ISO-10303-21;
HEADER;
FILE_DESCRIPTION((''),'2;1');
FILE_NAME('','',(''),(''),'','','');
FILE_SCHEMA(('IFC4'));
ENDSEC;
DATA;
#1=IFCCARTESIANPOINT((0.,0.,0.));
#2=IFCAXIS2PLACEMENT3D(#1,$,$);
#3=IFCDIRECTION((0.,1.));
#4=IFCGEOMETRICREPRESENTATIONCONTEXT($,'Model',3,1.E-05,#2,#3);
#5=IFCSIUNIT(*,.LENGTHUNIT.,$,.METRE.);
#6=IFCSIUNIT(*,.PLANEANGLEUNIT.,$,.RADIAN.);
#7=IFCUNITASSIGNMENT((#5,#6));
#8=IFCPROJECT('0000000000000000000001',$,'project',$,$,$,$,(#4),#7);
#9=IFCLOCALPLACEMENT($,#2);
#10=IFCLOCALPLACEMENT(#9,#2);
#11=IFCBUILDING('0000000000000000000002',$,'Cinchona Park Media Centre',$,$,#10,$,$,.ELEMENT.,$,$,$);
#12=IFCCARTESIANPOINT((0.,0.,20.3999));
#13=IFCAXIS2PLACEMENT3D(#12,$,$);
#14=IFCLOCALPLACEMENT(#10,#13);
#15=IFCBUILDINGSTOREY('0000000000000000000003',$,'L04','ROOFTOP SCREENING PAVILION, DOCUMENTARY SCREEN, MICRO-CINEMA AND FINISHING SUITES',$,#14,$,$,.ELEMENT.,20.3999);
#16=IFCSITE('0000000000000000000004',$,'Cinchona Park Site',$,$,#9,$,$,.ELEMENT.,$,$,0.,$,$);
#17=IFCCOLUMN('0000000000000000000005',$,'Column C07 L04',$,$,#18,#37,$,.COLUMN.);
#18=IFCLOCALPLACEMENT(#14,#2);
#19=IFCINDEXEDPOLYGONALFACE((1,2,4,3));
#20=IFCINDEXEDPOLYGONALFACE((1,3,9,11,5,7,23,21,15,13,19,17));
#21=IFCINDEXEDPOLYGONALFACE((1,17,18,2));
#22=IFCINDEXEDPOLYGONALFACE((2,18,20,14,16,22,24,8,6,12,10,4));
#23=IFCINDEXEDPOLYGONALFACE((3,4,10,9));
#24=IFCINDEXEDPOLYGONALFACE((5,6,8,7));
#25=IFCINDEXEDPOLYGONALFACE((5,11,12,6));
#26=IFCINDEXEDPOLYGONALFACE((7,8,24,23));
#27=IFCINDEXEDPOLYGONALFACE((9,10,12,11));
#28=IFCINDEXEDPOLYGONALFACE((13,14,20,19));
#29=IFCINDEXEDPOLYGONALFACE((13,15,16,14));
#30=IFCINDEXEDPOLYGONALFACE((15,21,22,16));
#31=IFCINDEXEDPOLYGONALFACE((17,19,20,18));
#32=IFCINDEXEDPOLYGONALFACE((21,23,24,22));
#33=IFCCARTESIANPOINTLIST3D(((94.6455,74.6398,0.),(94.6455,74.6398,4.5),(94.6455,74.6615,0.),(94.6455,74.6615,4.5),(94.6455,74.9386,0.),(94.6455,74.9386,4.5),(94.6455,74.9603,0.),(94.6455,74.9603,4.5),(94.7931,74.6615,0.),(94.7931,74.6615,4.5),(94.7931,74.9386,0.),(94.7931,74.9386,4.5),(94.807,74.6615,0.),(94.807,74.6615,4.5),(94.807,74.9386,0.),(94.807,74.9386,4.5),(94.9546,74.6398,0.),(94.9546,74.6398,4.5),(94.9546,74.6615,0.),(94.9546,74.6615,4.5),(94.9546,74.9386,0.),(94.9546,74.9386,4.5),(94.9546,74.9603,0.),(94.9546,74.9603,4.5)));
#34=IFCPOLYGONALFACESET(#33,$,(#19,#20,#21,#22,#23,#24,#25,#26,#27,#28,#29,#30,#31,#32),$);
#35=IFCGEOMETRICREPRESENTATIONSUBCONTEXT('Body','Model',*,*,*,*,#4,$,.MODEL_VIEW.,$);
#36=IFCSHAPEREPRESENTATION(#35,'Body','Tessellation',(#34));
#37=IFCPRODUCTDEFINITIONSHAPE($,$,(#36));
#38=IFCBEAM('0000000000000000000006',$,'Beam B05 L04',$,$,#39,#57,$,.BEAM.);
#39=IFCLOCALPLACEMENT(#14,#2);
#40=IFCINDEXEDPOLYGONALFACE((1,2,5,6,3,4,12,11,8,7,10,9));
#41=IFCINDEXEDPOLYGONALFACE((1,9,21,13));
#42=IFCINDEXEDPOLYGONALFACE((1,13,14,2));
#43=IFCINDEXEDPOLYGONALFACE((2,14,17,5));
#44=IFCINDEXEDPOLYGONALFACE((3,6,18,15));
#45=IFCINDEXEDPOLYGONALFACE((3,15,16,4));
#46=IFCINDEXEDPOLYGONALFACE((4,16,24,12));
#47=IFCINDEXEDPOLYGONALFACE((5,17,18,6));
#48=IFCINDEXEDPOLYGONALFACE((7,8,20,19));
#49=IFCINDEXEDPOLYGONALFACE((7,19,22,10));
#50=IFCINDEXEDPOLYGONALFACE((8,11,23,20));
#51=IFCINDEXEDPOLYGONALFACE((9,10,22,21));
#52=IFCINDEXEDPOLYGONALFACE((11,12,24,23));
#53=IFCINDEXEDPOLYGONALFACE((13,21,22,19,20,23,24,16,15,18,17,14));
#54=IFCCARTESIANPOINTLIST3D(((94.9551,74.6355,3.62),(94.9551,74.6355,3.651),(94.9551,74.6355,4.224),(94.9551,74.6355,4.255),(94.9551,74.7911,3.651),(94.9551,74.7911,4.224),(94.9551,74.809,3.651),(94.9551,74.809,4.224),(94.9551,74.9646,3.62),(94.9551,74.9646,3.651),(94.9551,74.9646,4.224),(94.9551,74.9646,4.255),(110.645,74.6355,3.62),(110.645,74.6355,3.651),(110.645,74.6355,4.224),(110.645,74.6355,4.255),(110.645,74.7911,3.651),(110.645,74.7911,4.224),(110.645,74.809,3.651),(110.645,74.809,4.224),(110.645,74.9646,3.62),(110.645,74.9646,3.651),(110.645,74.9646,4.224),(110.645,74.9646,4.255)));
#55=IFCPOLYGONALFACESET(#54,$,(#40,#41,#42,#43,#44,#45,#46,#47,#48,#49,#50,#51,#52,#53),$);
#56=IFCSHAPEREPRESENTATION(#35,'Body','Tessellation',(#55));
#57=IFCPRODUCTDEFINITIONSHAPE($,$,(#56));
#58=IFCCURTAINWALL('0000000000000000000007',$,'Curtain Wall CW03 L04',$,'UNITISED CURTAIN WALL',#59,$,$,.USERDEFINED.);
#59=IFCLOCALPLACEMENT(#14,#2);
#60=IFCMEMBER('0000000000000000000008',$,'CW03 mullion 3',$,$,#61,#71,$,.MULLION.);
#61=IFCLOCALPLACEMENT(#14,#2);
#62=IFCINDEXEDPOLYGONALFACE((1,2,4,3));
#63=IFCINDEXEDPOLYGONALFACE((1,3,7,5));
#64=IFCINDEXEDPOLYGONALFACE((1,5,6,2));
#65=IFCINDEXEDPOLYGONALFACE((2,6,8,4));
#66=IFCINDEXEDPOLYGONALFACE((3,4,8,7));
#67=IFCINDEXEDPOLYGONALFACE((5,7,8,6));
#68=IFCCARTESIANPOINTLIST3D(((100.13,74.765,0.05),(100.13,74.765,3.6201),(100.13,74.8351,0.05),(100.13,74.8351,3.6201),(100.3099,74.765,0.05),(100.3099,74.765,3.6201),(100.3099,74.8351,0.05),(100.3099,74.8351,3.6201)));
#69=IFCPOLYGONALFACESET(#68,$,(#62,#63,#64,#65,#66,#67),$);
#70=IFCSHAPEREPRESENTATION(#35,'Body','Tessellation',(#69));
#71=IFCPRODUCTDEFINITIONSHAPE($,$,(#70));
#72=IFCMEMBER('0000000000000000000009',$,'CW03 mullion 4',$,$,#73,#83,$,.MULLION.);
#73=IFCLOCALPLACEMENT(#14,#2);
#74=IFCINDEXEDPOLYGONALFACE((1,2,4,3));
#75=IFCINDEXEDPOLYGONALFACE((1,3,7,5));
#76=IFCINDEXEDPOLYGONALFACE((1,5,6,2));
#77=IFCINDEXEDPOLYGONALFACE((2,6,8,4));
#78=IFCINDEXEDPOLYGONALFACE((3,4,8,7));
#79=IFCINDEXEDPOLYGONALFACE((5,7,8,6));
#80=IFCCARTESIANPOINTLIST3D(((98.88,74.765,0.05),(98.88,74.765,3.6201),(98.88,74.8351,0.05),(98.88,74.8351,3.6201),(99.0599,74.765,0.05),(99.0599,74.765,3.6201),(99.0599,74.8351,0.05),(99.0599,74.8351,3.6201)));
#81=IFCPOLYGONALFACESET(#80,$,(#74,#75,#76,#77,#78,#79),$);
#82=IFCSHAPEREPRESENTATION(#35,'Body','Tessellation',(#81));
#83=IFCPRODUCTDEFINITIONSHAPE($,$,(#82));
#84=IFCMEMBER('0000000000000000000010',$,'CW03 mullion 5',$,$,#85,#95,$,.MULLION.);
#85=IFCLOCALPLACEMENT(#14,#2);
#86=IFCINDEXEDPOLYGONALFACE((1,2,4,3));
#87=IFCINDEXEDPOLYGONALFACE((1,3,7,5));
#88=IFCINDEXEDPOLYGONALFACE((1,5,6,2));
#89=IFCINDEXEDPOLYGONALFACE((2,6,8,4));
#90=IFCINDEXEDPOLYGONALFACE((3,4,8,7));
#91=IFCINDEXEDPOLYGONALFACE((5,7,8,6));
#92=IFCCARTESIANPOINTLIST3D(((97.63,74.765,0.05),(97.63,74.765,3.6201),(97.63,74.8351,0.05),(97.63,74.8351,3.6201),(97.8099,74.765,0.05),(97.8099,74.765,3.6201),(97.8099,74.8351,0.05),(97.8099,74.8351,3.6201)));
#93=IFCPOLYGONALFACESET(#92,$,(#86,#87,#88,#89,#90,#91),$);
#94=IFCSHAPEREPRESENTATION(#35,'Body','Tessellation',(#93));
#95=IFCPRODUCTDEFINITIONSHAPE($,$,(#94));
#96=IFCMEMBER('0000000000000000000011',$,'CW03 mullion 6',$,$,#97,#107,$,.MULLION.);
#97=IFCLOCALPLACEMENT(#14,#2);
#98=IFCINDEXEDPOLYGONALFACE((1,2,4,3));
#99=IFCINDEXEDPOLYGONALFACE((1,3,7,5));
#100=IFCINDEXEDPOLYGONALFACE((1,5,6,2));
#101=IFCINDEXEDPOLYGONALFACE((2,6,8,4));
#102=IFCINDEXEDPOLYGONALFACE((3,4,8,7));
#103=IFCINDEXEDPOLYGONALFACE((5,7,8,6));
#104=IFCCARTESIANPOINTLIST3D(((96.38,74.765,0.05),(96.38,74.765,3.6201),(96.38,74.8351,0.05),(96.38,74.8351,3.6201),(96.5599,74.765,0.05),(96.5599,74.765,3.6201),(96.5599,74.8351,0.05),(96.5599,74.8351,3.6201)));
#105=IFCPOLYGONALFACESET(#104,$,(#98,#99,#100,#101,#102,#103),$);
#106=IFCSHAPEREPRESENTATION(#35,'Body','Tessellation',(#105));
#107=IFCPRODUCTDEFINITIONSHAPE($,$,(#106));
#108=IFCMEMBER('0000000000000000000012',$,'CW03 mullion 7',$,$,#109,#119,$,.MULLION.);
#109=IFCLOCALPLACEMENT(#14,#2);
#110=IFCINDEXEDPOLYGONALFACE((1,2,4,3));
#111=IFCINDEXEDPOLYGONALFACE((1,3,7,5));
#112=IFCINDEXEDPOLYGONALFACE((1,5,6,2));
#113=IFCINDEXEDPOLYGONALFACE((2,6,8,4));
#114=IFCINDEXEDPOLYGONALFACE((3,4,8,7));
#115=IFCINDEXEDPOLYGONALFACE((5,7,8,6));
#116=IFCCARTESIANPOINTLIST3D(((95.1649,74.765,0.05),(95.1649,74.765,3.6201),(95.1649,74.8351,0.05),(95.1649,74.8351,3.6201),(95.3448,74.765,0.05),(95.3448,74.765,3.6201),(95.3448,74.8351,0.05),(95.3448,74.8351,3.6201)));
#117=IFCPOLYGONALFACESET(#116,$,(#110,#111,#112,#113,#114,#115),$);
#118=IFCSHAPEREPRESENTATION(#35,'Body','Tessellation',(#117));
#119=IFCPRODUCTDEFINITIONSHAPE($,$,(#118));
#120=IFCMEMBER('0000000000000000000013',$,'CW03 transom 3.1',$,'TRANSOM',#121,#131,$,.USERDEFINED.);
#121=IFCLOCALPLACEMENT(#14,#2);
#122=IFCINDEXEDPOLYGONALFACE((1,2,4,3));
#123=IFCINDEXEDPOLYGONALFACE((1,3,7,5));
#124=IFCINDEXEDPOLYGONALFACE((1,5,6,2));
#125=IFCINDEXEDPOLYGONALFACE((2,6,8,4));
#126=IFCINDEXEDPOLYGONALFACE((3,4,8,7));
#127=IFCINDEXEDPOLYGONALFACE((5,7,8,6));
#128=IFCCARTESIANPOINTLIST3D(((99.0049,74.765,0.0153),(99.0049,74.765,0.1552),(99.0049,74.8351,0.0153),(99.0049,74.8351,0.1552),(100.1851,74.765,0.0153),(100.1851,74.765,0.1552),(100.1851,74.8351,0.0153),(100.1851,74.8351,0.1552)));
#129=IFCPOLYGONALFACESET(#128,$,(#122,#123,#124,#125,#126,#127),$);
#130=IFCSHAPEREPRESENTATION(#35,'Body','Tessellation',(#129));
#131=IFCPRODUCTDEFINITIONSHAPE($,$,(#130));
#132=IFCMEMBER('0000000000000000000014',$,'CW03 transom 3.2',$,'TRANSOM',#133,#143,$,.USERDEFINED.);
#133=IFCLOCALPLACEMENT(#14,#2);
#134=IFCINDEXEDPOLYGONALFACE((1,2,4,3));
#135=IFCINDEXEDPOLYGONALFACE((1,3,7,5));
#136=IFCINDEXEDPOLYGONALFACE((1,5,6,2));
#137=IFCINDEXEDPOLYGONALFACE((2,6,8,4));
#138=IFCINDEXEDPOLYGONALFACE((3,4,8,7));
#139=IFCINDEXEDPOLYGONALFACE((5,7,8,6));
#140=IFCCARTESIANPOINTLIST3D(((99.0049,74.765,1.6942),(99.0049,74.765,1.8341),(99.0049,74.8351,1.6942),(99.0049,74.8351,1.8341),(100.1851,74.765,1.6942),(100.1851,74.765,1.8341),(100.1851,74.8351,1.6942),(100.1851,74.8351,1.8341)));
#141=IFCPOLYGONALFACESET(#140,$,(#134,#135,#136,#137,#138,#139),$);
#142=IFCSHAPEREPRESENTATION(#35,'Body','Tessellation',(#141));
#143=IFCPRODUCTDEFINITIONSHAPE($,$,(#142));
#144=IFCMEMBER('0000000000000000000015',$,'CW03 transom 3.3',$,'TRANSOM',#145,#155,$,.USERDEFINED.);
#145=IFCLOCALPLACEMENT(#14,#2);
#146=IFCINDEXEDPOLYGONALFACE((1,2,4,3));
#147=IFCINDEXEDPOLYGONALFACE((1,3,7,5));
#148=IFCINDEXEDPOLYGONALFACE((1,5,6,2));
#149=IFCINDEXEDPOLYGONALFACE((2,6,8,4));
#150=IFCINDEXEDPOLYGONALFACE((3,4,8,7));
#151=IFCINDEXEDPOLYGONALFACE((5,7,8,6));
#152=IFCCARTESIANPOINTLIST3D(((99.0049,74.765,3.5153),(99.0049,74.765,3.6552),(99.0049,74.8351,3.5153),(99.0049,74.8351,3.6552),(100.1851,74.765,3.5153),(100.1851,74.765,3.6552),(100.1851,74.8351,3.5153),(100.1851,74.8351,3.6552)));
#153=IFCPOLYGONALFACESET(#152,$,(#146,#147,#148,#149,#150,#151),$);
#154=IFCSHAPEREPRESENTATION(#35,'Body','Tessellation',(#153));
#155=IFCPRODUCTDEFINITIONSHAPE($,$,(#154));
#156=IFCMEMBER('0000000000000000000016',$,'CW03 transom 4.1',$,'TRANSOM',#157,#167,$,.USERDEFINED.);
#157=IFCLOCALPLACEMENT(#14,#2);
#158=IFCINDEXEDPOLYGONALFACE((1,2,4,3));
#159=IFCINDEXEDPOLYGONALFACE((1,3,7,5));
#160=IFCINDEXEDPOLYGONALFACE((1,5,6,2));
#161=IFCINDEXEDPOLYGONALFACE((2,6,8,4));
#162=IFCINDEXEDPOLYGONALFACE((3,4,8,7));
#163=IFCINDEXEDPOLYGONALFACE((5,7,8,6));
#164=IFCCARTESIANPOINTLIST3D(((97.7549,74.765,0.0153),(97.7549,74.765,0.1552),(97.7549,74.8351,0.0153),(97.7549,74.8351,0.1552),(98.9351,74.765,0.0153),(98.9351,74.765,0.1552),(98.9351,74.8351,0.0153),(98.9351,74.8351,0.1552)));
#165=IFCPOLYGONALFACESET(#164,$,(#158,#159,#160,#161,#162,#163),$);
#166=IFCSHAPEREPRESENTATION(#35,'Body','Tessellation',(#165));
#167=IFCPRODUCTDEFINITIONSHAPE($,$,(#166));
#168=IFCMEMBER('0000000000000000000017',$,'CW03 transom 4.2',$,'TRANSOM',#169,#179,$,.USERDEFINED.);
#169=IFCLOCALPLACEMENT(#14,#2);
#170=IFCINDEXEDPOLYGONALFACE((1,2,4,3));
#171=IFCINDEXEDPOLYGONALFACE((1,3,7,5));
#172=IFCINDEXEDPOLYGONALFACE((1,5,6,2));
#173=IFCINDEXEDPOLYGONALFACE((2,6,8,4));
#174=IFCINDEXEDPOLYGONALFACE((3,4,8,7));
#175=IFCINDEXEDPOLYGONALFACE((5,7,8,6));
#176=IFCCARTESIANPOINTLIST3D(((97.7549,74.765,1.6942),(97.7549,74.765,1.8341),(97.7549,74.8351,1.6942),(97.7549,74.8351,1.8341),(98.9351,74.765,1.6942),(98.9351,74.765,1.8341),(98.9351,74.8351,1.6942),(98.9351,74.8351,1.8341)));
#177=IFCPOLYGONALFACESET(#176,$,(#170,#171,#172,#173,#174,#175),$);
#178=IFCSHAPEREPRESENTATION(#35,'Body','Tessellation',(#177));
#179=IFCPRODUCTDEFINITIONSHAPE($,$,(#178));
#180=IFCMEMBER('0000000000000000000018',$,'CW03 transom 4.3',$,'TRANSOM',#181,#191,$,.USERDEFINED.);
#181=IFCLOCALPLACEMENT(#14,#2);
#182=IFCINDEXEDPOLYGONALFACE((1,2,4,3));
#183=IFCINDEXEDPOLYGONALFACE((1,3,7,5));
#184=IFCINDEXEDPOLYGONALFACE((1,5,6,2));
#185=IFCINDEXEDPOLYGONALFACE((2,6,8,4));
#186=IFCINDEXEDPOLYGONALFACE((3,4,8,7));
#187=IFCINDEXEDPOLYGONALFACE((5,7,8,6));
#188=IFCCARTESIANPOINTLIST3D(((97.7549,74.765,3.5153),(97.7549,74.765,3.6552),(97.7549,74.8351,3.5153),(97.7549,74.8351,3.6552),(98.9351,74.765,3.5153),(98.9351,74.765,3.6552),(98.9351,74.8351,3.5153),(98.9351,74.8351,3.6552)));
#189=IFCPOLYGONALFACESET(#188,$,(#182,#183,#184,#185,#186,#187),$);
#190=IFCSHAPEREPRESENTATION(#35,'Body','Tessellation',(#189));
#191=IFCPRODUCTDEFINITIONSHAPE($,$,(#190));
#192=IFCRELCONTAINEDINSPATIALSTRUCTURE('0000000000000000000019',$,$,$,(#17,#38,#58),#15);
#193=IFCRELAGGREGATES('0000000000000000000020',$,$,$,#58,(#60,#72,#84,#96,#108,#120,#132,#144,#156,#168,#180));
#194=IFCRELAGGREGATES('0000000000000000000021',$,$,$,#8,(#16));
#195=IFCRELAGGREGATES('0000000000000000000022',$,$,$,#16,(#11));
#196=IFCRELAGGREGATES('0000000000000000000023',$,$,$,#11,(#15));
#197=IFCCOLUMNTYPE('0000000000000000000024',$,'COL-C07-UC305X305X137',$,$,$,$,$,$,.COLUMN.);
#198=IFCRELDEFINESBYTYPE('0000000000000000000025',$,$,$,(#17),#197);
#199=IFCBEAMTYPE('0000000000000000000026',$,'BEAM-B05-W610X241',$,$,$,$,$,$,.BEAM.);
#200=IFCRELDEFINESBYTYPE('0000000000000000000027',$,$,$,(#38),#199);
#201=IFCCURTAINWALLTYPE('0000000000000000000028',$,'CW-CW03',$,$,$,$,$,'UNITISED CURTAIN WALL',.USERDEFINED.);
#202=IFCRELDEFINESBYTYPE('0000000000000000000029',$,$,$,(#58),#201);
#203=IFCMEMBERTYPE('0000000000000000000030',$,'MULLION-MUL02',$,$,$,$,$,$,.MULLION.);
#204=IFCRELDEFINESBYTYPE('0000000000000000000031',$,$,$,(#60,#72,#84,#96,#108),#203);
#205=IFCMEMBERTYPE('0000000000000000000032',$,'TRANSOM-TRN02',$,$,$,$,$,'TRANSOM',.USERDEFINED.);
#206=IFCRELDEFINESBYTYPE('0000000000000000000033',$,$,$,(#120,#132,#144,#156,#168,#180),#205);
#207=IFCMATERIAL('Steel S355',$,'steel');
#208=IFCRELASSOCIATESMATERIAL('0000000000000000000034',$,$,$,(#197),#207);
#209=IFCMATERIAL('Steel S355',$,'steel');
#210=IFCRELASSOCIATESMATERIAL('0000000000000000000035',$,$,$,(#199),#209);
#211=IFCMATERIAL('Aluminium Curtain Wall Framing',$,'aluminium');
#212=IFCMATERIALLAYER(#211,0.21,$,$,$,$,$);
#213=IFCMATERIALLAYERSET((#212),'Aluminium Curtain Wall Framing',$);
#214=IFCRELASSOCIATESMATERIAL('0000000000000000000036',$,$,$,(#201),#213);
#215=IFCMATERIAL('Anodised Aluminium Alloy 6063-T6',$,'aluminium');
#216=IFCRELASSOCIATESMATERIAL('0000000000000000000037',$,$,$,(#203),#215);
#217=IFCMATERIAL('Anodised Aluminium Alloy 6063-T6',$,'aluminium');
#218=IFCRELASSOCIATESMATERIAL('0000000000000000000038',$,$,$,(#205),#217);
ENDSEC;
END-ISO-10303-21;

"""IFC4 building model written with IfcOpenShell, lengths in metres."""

from ifc_helpers import new_model, si_unit, direction, frame, origin, origin_2d, place, context, subcontext, project, spatial, rectangle, i_section, extrude, material, layer, layer_set, material_profile, profile_set, type_object, element, aggregate, save


model = new_model("IFC4")

# Units and contexts
model_context = context("Model", 3, precision=1e-05, world=origin(), true_north=direction((0.0, 1.0)))
body_context = subcontext(model_context, "Body", "Model", "MODEL_VIEW")
ifc_project = project(units=[si_unit("LENGTHUNIT", "METRE"), si_unit("PLANEANGLEUNIT", "RADIAN")], contexts=[model_context])

# Site, building, storey
site_placement = place(None, origin())
site = spatial("IfcSite", under=ifc_project, at=site_placement, Name="Cinchona Park Site", CompositionType="ELEMENT", RefElevation=0.0)
building_placement = place(site_placement, origin())
building = spatial("IfcBuilding", under=site, at=building_placement, Name="Cinchona Park Media Centre", CompositionType="ELEMENT")
storey_placement = place(building_placement, frame((0.0, 0.0, 20.3999)))
storey = spatial("IfcBuildingStorey", under=building, at=storey_placement, Name="L04", Description="ROOFTOP SCREENING PAVILION, DOCUMENTARY SCREEN, MICRO-CINEMA AND FINISHING SUITES", CompositionType="ELEMENT", Elevation=20.3999)

# Column
ifc_material_1 = material(Name="Steel S355", Category="steel")
ifc_material_profile_1 = material_profile(ifc_material_1, i_section(OverallWidth=0.3091, OverallDepth=0.3206, WebThickness=0.0139, FlangeThickness=0.0217, at=origin_2d()), Name="UC305X305X137")
ifc_profile_set_1 = profile_set([ifc_material_profile_1], Name="Steel S355")
column_type = type_object("IfcColumnType", Name="COL-C07-UC305X305X137", PredefinedType="COLUMN", material=ifc_profile_set_1)
column_placement = place(storey_placement, frame((94.8, 74.8, 0.0), z_axis=(0.0, 0.0, 1.0), x_axis=(1.0, 0.0, 0.0)))
element("IfcColumn", 1, at=column_placement, inside=storey, type_object=column_type, Name="Column C07 L04", PredefinedType="COLUMN", context=body_context, shape_type="SweptSolid", body=[
    extrude(i_section(OverallWidth=0.3091, OverallDepth=0.3206, WebThickness=0.0139, FlangeThickness=0.0217, at=origin_2d()), origin(), (0.0, 0.0, 1.0), 4.5),
])

# Beam
ifc_material_2 = material(Name="Steel S355", Category="steel")
ifc_material_profile_2 = material_profile(ifc_material_2, i_section(OverallWidth=0.3291, OverallDepth=0.635, WebThickness=0.0178, FlangeThickness=0.031, at=origin_2d()), Name="W610X241")
ifc_profile_set_2 = profile_set([ifc_material_profile_2], Name="Steel S355")
beam_type = type_object("IfcBeamType", Name="BEAM-B05-W610X241", PredefinedType="BEAM", material=ifc_profile_set_2)
beam_placement = place(storey_placement, frame((94.9551, 74.8, 3.9375), z_axis=(1.0, 0.0, 0.0), x_axis=(0.0, 1.0, 0.0)))
element("IfcBeam", 2, at=beam_placement, inside=storey, type_object=beam_type, Name="Beam B05 L04", PredefinedType="BEAM", context=body_context, shape_type="SweptSolid", body=[
    extrude(i_section(OverallWidth=0.3291, OverallDepth=0.635, WebThickness=0.0178, FlangeThickness=0.031, at=origin_2d()), origin(), (0.0, 0.0, 1.0), 15.6899),
])

# Curtain wall, members
ifc_material_3 = material(Name="Aluminium Curtain Wall Framing", Category="aluminium")
ifc_layer_1 = layer(ifc_material_3, 0.21)
ifc_layer_set_1 = layer_set([ifc_layer_1], Name="Aluminium Curtain Wall Framing")
curtain_wall_type = type_object("IfcCurtainWallType", Name="CW-CW03", ElementType="UNITISED CURTAIN WALL", PredefinedType="USERDEFINED", material=ifc_layer_set_1)
curtain_wall_placement = place(storey_placement, origin())
curtain_wall = element("IfcCurtainWall", 3, at=curtain_wall_placement, inside=storey, type_object=curtain_wall_type, Name="Curtain Wall CW03 L04", ObjectType="UNITISED CURTAIN WALL", PredefinedType="USERDEFINED")
ifc_material_4 = material(Name="Anodised Aluminium Alloy 6063-T6", Category="aluminium")
ifc_material_profile_3 = material_profile(ifc_material_4, rectangle(XDim=0.0701, YDim=0.1799, at=origin_2d()), Name="MUL-70X180")
ifc_profile_set_3 = profile_set([ifc_material_profile_3], Name="Anodised Aluminium Alloy 6063-T6")
member_type_1 = type_object("IfcMemberType", Name="MULLION-MUL02", PredefinedType="MULLION", material=ifc_profile_set_3)
member_1_placement = place(storey_placement, frame((100.22, 74.8, 0.05), z_axis=(0.0, 0.0, 1.0), x_axis=(0.0, -1.0, 0.0)))
member_1 = element("IfcMember", 4, at=member_1_placement, type_object=member_type_1, Name="CW03 mullion 3", PredefinedType="MULLION", context=body_context, shape_type="SweptSolid", body=[
    extrude(rectangle(XDim=0.0701, YDim=0.1799, at=origin_2d()), origin(), (0.0, 0.0, 1.0), 3.5701),
])
member_2_placement = place(storey_placement, frame((98.97, 74.8, 0.05), z_axis=(0.0, 0.0, 1.0), x_axis=(0.0, -1.0, 0.0)))
member_2 = element("IfcMember", 5, at=member_2_placement, type_object=member_type_1, Name="CW03 mullion 4", PredefinedType="MULLION", context=body_context, shape_type="SweptSolid", body=[
    extrude(rectangle(XDim=0.0701, YDim=0.1799, at=origin_2d()), origin(), (0.0, 0.0, 1.0), 3.5701),
])
member_3_placement = place(storey_placement, frame((97.72, 74.8, 0.05), z_axis=(0.0, 0.0, 1.0), x_axis=(0.0, -1.0, 0.0)))
member_3 = element("IfcMember", 6, at=member_3_placement, type_object=member_type_1, Name="CW03 mullion 5", PredefinedType="MULLION", context=body_context, shape_type="SweptSolid", body=[
    extrude(rectangle(XDim=0.0701, YDim=0.1799, at=origin_2d()), origin(), (0.0, 0.0, 1.0), 3.5701),
])
member_4_placement = place(storey_placement, frame((96.47, 74.8, 0.05), z_axis=(0.0, 0.0, 1.0), x_axis=(0.0, -1.0, 0.0)))
member_4 = element("IfcMember", 7, at=member_4_placement, type_object=member_type_1, Name="CW03 mullion 6", PredefinedType="MULLION", context=body_context, shape_type="SweptSolid", body=[
    extrude(rectangle(XDim=0.0701, YDim=0.1799, at=origin_2d()), origin(), (0.0, 0.0, 1.0), 3.5701),
])
member_5_placement = place(storey_placement, frame((95.2549, 74.8, 0.05), z_axis=(0.0, 0.0, 1.0), x_axis=(0.0, -1.0, 0.0)))
member_5 = element("IfcMember", 8, at=member_5_placement, type_object=member_type_1, Name="CW03 mullion 7", PredefinedType="MULLION", context=body_context, shape_type="SweptSolid", body=[
    extrude(rectangle(XDim=0.0701, YDim=0.1799, at=origin_2d()), origin(), (0.0, 0.0, 1.0), 3.5701),
])
ifc_material_5 = material(Name="Anodised Aluminium Alloy 6063-T6", Category="aluminium")
ifc_material_profile_4 = material_profile(ifc_material_5, rectangle(XDim=0.0701, YDim=0.1399, at=origin_2d()), Name="TRN-70X140")
ifc_profile_set_4 = profile_set([ifc_material_profile_4], Name="Anodised Aluminium Alloy 6063-T6")
member_type_2 = type_object("IfcMemberType", Name="TRANSOM-TRN02", ElementType="TRANSOM", PredefinedType="USERDEFINED", material=ifc_profile_set_4)
member_6_placement = place(storey_placement, frame((100.1851, 74.8, 0.0852), z_axis=(-1.0, 0.0, 0.0), x_axis=(0.0, -1.0, 0.0)))
member_6 = element("IfcMember", 9, at=member_6_placement, type_object=member_type_2, Name="CW03 transom 3.1", ObjectType="TRANSOM", PredefinedType="USERDEFINED", context=body_context, shape_type="SweptSolid", body=[
    extrude(rectangle(XDim=0.0701, YDim=0.1399, at=origin_2d()), origin(), (0.0, 0.0, 1.0), 1.1802),
])
member_7_placement = place(storey_placement, frame((100.1851, 74.8, 1.7642), z_axis=(-1.0, 0.0, 0.0), x_axis=(0.0, -1.0, 0.0)))
member_7 = element("IfcMember", 10, at=member_7_placement, type_object=member_type_2, Name="CW03 transom 3.2", ObjectType="TRANSOM", PredefinedType="USERDEFINED", context=body_context, shape_type="SweptSolid", body=[
    extrude(rectangle(XDim=0.0701, YDim=0.1399, at=origin_2d()), origin(), (0.0, 0.0, 1.0), 1.1802),
])
member_8_placement = place(storey_placement, frame((100.1851, 74.8, 3.5852), z_axis=(-1.0, 0.0, 0.0), x_axis=(0.0, -1.0, 0.0)))
member_8 = element("IfcMember", 11, at=member_8_placement, type_object=member_type_2, Name="CW03 transom 3.3", ObjectType="TRANSOM", PredefinedType="USERDEFINED", context=body_context, shape_type="SweptSolid", body=[
    extrude(rectangle(XDim=0.0701, YDim=0.1399, at=origin_2d()), origin(), (0.0, 0.0, 1.0), 1.1802),
])
member_9_placement = place(storey_placement, frame((98.9351, 74.8, 0.0852), z_axis=(-1.0, 0.0, 0.0), x_axis=(0.0, -1.0, 0.0)))
member_9 = element("IfcMember", 12, at=member_9_placement, type_object=member_type_2, Name="CW03 transom 4.1", ObjectType="TRANSOM", PredefinedType="USERDEFINED", context=body_context, shape_type="SweptSolid", body=[
    extrude(rectangle(XDim=0.0701, YDim=0.1399, at=origin_2d()), origin(), (0.0, 0.0, 1.0), 1.1802),
])
member_10_placement = place(storey_placement, frame((98.9351, 74.8, 1.7642), z_axis=(-1.0, 0.0, 0.0), x_axis=(0.0, -1.0, 0.0)))
member_10 = element("IfcMember", 13, at=member_10_placement, type_object=member_type_2, Name="CW03 transom 4.2", ObjectType="TRANSOM", PredefinedType="USERDEFINED", context=body_context, shape_type="SweptSolid", body=[
    extrude(rectangle(XDim=0.0701, YDim=0.1399, at=origin_2d()), origin(), (0.0, 0.0, 1.0), 1.1802),
])
member_11_placement = place(storey_placement, frame((98.9351, 74.8, 3.5852), z_axis=(-1.0, 0.0, 0.0), x_axis=(0.0, -1.0, 0.0)))
member_11 = element("IfcMember", 14, at=member_11_placement, type_object=member_type_2, Name="CW03 transom 4.3", ObjectType="TRANSOM", PredefinedType="USERDEFINED", context=body_context, shape_type="SweptSolid", body=[
    extrude(rectangle(XDim=0.0701, YDim=0.1399, at=origin_2d()), origin(), (0.0, 0.0, 1.0), 1.1802),
])
aggregate(curtain_wall, [member_1, member_2, member_3, member_4, member_5, member_6, member_7, member_8, member_9, member_10, member_11])

save(model, "model.ifc")
